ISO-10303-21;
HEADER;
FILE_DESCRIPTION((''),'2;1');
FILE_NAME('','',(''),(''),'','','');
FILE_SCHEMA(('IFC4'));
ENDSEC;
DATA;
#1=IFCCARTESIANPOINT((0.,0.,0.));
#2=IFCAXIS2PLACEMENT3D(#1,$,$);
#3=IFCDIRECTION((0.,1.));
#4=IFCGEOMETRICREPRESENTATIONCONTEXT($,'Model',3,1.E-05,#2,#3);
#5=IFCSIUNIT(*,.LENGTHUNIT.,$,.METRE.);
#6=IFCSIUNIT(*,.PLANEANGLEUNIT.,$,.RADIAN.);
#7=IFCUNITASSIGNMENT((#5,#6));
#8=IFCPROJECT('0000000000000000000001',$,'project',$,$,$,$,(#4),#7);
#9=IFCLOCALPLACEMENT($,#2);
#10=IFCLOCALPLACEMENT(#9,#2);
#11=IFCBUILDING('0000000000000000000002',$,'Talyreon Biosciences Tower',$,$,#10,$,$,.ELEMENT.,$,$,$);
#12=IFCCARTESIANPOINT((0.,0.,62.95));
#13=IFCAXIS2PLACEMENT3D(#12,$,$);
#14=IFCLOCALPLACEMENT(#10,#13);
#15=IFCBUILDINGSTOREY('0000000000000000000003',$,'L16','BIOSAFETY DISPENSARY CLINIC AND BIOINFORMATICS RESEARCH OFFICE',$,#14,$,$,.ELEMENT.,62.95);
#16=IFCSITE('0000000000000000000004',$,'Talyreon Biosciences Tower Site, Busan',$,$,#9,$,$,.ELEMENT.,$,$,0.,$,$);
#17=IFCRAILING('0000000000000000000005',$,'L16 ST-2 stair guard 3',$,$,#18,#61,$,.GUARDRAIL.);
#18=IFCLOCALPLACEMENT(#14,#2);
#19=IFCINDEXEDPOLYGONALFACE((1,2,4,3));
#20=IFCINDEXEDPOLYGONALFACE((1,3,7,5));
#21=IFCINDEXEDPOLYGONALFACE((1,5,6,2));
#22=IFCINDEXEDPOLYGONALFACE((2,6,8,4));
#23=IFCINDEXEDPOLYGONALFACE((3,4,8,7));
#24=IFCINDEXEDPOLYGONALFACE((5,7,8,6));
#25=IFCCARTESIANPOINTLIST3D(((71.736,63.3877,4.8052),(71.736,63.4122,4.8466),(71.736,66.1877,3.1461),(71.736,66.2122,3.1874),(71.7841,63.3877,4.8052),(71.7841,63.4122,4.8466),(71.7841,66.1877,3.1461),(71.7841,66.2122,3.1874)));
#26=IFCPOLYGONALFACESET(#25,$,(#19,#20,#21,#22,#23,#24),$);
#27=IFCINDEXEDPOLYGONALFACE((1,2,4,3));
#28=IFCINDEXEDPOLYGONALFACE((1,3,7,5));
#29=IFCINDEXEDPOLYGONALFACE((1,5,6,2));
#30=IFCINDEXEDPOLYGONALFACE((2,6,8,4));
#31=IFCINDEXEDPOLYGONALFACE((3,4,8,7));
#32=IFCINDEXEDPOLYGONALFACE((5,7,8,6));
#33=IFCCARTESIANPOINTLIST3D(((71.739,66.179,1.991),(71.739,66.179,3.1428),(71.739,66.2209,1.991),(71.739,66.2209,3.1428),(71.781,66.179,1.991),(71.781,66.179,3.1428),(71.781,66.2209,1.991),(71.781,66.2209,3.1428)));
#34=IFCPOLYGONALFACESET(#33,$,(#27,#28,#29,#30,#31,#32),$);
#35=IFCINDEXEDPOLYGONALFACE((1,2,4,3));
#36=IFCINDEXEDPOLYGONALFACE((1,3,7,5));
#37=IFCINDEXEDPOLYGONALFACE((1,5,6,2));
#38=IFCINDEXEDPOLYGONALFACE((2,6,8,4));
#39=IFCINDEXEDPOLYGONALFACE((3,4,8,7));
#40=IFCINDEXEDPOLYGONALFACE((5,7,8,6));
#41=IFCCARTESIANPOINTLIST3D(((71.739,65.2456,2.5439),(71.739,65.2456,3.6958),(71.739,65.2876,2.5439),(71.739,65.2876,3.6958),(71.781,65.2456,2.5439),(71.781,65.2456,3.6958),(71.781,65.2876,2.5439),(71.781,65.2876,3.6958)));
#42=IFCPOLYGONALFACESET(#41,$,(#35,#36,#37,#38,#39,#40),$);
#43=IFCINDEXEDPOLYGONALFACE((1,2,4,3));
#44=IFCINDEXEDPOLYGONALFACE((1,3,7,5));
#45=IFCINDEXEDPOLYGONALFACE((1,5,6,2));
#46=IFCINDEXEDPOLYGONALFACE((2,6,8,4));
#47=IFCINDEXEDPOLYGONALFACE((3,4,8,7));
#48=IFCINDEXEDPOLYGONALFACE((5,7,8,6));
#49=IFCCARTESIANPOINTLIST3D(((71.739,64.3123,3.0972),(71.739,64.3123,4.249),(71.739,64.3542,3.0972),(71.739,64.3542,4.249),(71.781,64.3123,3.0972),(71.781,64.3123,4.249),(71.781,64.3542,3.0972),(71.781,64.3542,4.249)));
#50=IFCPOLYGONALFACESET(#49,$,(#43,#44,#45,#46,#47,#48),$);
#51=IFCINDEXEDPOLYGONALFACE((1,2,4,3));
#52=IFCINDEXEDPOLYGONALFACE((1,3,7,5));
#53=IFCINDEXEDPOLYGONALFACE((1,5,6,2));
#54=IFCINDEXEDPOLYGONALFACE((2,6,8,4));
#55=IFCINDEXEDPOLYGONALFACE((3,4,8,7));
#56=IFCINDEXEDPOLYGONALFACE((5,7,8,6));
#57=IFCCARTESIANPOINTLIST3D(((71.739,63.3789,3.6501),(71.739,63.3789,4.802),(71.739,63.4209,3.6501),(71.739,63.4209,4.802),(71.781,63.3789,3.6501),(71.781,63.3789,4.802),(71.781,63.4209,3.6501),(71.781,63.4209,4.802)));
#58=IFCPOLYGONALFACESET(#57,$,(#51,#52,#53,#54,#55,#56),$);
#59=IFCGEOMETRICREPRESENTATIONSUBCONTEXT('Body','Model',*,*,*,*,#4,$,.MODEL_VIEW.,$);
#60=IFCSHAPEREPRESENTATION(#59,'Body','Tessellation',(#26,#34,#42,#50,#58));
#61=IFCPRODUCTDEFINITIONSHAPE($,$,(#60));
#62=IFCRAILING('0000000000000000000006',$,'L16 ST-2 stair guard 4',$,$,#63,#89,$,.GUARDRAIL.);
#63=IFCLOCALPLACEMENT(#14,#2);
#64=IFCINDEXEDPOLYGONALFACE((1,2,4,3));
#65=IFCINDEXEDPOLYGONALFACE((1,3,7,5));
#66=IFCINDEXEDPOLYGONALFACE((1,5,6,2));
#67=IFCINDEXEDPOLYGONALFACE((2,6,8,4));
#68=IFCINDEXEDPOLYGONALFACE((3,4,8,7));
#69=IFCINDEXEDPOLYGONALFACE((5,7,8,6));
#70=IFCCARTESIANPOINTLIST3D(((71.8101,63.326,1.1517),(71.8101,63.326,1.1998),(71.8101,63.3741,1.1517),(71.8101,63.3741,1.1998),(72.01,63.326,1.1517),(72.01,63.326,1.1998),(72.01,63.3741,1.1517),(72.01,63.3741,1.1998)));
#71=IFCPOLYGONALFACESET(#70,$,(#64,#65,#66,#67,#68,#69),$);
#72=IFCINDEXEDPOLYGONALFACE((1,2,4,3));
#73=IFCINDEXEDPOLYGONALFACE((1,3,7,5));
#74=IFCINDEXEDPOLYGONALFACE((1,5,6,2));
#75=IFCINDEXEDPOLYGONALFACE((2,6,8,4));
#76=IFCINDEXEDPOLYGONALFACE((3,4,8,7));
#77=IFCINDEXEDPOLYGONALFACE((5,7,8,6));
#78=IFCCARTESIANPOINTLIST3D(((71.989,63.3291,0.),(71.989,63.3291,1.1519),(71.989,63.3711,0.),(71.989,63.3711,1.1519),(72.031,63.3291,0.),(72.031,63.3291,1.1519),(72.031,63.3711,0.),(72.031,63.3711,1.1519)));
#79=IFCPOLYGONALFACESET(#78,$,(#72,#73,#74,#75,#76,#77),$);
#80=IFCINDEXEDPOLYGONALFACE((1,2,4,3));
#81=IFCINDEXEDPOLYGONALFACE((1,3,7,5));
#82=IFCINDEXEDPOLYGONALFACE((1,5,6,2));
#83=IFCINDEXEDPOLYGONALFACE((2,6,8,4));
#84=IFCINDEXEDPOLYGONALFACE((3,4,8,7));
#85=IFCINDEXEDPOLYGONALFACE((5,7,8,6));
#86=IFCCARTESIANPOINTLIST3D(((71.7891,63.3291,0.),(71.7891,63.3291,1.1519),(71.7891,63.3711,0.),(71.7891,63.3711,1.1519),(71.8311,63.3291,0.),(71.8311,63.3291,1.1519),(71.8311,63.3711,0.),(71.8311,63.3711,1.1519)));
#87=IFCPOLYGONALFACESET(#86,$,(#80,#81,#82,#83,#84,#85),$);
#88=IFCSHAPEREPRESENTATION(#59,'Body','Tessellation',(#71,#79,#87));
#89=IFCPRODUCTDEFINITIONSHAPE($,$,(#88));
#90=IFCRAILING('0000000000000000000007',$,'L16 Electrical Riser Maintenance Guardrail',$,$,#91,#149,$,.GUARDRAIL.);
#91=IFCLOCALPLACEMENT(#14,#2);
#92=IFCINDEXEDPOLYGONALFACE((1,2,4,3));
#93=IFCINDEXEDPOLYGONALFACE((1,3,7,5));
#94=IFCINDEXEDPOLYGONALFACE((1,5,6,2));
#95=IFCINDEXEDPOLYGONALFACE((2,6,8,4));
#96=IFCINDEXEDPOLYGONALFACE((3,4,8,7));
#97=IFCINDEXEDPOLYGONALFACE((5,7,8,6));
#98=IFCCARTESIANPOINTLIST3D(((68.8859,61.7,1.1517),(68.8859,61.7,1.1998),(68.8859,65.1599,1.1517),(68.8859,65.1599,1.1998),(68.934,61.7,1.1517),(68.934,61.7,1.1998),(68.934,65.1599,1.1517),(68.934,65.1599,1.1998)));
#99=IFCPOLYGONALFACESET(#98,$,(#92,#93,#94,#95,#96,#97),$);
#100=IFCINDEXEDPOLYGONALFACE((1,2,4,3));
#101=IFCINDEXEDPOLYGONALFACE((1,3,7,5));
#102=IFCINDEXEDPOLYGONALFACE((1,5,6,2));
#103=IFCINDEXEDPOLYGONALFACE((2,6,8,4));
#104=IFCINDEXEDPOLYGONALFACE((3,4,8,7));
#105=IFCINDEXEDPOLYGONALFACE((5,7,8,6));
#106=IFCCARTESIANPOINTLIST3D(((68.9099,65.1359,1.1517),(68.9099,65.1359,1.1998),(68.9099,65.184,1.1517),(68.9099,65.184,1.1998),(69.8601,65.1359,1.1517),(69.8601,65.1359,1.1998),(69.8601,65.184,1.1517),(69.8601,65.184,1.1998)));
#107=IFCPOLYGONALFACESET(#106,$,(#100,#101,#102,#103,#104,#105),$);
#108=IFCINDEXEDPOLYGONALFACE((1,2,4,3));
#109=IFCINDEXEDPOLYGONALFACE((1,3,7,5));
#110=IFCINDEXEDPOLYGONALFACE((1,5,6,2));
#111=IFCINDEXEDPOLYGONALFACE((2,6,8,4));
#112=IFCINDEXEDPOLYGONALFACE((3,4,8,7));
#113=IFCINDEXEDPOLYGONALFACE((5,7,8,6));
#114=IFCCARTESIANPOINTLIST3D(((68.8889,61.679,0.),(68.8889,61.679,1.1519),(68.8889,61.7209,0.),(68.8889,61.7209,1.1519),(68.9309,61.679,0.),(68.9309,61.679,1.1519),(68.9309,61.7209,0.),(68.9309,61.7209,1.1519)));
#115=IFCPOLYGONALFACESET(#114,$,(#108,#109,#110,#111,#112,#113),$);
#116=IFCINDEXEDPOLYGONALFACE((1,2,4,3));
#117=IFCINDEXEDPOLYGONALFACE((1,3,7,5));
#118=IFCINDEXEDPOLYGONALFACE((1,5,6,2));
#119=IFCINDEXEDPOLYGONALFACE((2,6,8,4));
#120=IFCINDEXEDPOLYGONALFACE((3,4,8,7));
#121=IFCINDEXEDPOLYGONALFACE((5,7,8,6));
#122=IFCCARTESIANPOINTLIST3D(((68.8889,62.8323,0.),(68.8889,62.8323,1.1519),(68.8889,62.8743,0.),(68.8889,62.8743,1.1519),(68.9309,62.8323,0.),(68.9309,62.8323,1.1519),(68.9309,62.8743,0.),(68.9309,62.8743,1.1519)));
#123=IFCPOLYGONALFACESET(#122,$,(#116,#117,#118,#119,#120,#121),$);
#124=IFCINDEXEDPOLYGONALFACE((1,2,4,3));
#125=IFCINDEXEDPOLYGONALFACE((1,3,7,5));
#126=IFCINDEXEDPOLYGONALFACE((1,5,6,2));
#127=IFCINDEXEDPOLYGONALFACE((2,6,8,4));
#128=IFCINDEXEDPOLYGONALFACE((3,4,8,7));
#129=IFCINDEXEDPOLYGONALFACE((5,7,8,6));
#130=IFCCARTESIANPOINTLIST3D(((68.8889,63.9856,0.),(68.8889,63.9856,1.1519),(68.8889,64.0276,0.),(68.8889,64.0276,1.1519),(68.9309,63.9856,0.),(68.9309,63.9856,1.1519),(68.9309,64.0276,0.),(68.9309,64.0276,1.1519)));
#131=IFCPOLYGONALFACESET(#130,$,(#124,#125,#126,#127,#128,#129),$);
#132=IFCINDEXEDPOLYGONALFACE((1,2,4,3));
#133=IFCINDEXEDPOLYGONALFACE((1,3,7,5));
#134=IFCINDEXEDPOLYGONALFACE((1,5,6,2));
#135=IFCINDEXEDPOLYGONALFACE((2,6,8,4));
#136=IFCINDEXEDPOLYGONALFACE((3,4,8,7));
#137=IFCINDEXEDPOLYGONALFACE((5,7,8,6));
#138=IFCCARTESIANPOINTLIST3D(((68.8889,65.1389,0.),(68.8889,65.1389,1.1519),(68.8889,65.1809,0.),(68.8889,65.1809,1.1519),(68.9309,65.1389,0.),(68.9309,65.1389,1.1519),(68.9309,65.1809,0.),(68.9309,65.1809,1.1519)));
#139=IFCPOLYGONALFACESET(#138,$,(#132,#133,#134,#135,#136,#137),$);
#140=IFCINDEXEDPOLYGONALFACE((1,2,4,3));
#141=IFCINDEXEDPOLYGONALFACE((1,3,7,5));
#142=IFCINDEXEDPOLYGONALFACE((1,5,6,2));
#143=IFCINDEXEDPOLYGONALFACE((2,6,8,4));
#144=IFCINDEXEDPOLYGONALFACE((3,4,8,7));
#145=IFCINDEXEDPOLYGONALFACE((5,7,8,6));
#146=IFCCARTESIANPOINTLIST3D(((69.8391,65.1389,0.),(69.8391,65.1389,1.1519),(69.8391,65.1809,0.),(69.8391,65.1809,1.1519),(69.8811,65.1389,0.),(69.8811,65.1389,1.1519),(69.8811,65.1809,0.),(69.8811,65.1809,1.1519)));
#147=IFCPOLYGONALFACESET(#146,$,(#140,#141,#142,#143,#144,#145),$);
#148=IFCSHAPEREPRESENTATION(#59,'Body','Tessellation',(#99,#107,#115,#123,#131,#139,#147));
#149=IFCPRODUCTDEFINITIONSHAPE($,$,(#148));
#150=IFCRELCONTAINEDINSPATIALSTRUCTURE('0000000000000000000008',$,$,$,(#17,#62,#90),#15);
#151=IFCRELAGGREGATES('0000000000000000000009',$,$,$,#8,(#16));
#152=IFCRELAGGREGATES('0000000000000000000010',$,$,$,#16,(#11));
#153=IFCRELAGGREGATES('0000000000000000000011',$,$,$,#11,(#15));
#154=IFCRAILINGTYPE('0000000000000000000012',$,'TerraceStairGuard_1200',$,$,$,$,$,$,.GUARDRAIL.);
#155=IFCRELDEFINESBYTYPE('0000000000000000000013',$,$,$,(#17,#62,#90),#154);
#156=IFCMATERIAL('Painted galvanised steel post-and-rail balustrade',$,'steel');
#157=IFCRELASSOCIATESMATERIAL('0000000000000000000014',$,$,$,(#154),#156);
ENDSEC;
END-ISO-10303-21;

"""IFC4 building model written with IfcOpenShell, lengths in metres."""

from ifc_helpers import new_model, si_unit, direction, frame, origin, origin_2d, place, context, subcontext, project, spatial, rectangle, extrude, material, type_object, element, save


model = new_model("IFC4")

# Units and contexts
model_context = context("Model", 3, precision=1e-05, world=origin(), true_north=direction((0.0, 1.0)))
body_context = subcontext(model_context, "Body", "Model", "MODEL_VIEW")
ifc_project = project(units=[si_unit("LENGTHUNIT", "METRE"), si_unit("PLANEANGLEUNIT", "RADIAN")], contexts=[model_context])

# Site, building, storey
site_placement = place(None, origin())
site = spatial("IfcSite", under=ifc_project, at=site_placement, Name="Talyreon Biosciences Tower Site, Busan", CompositionType="ELEMENT", RefElevation=0.0)
building_placement = place(site_placement, origin())
building = spatial("IfcBuilding", under=site, at=building_placement, Name="Talyreon Biosciences Tower", CompositionType="ELEMENT")
storey_placement = place(building_placement, frame((0.0, 0.0, 62.95)))
storey = spatial("IfcBuildingStorey", under=building, at=storey_placement, Name="L16", Description="BIOSAFETY DISPENSARY CLINIC AND BIOINFORMATICS RESEARCH OFFICE", CompositionType="ELEMENT", Elevation=62.95)

# Railings
ifc_material_1 = material(Name="Painted galvanised steel post-and-rail balustrade", Category="steel")
railing_type_1 = type_object("IfcRailingType", Name="TerraceStairGuard_1200", PredefinedType="GUARDRAIL", material=ifc_material_1)
railing_1_placement = place(storey_placement, frame((71.76, 66.2, 1.991)))
element("IfcRailing", 1, at=railing_1_placement, inside=storey, type_object=railing_type_1, Name="L16 ST-2 stair guard 3", PredefinedType="GUARDRAIL", context=body_context, shape_type="SweptSolid", body=[
    extrude(rectangle(XDim=0.0481, YDim=0.0481, at=origin_2d()), frame((0.0, 0.0, 1.1758), z_axis=(0.0, -0.860306, 0.509778), x_axis=(1.0, 0.0, 0.0)), (0.0, 0.0, 1.0), 3.2546),
    extrude(rectangle(XDim=0.042, YDim=0.042, at=origin_2d()), origin(), (0.0, 0.0, 1.0), 1.1519),
    extrude(rectangle(XDim=0.042, YDim=0.042, at=origin_2d()), frame((0.0, -0.9333, 0.553)), (0.0, 0.0, 1.0), 1.1519),
    extrude(rectangle(XDim=0.042, YDim=0.042, at=origin_2d()), frame((0.0, -1.8667, 1.1062)), (0.0, 0.0, 1.0), 1.1519),
    extrude(rectangle(XDim=0.042, YDim=0.042, at=origin_2d()), frame((0.0, -2.8, 1.6592)), (0.0, 0.0, 1.0), 1.1519),
])
railing_2_placement = place(storey_placement, frame((72.01, 63.3501, 0.0)))
element("IfcRailing", 2, at=railing_2_placement, inside=storey, type_object=railing_type_1, Name="L16 ST-2 stair guard 4", PredefinedType="GUARDRAIL", context=body_context, shape_type="SweptSolid", body=[
    extrude(rectangle(XDim=0.0481, YDim=0.0481, at=origin_2d()), frame((0.0, 0.0, 1.1758), z_axis=(-1.0, 0.0, 0.0), x_axis=(0.0, -1.0, 0.0)), (0.0, 0.0, 1.0), 0.2),
    extrude(rectangle(XDim=0.042, YDim=0.042, at=origin_2d()), origin(), (0.0, 0.0, 1.0), 1.1519),
    extrude(rectangle(XDim=0.042, YDim=0.042, at=origin_2d()), frame((-0.2, 0.0, 0.0)), (0.0, 0.0, 1.0), 1.1519),
])
railing_3_placement = place(storey_placement, frame((68.9099, 61.7, 0.0)))
element("IfcRailing", 3, at=railing_3_placement, inside=storey, type_object=railing_type_1, Name="L16 Electrical Riser Maintenance Guardrail", PredefinedType="GUARDRAIL", context=body_context, shape_type="SweptSolid", body=[
    extrude(rectangle(XDim=0.0481, YDim=0.0481, at=origin_2d()), frame((0.0, 0.0, 1.1758), z_axis=(0.0, 1.0, 0.0), x_axis=(-1.0, 0.0, 0.0)), (0.0, 0.0, 1.0), 3.46),
    extrude(rectangle(XDim=0.0481, YDim=0.0481, at=origin_2d()), frame((0.0, 3.46, 1.1758), z_axis=(1.0, 0.0, 0.0), x_axis=(0.0, 1.0, 0.0)), (0.0, 0.0, 1.0), 0.9502),
    extrude(rectangle(XDim=0.042, YDim=0.042, at=origin_2d()), origin(), (0.0, 0.0, 1.0), 1.1519),
    extrude(rectangle(XDim=0.042, YDim=0.042, at=origin_2d()), frame((0.0, 1.1533, 0.0)), (0.0, 0.0, 1.0), 1.1519),
    extrude(rectangle(XDim=0.042, YDim=0.042, at=origin_2d()), frame((0.0, 2.3066, 0.0)), (0.0, 0.0, 1.0), 1.1519),
    extrude(rectangle(XDim=0.042, YDim=0.042, at=origin_2d()), frame((0.0, 3.46, 0.0)), (0.0, 0.0, 1.0), 1.1519),
    extrude(rectangle(XDim=0.042, YDim=0.042, at=origin_2d()), frame((0.9502, 3.46, 0.0)), (0.0, 0.0, 1.0), 1.1519),
])

save(model, "model.ifc")
